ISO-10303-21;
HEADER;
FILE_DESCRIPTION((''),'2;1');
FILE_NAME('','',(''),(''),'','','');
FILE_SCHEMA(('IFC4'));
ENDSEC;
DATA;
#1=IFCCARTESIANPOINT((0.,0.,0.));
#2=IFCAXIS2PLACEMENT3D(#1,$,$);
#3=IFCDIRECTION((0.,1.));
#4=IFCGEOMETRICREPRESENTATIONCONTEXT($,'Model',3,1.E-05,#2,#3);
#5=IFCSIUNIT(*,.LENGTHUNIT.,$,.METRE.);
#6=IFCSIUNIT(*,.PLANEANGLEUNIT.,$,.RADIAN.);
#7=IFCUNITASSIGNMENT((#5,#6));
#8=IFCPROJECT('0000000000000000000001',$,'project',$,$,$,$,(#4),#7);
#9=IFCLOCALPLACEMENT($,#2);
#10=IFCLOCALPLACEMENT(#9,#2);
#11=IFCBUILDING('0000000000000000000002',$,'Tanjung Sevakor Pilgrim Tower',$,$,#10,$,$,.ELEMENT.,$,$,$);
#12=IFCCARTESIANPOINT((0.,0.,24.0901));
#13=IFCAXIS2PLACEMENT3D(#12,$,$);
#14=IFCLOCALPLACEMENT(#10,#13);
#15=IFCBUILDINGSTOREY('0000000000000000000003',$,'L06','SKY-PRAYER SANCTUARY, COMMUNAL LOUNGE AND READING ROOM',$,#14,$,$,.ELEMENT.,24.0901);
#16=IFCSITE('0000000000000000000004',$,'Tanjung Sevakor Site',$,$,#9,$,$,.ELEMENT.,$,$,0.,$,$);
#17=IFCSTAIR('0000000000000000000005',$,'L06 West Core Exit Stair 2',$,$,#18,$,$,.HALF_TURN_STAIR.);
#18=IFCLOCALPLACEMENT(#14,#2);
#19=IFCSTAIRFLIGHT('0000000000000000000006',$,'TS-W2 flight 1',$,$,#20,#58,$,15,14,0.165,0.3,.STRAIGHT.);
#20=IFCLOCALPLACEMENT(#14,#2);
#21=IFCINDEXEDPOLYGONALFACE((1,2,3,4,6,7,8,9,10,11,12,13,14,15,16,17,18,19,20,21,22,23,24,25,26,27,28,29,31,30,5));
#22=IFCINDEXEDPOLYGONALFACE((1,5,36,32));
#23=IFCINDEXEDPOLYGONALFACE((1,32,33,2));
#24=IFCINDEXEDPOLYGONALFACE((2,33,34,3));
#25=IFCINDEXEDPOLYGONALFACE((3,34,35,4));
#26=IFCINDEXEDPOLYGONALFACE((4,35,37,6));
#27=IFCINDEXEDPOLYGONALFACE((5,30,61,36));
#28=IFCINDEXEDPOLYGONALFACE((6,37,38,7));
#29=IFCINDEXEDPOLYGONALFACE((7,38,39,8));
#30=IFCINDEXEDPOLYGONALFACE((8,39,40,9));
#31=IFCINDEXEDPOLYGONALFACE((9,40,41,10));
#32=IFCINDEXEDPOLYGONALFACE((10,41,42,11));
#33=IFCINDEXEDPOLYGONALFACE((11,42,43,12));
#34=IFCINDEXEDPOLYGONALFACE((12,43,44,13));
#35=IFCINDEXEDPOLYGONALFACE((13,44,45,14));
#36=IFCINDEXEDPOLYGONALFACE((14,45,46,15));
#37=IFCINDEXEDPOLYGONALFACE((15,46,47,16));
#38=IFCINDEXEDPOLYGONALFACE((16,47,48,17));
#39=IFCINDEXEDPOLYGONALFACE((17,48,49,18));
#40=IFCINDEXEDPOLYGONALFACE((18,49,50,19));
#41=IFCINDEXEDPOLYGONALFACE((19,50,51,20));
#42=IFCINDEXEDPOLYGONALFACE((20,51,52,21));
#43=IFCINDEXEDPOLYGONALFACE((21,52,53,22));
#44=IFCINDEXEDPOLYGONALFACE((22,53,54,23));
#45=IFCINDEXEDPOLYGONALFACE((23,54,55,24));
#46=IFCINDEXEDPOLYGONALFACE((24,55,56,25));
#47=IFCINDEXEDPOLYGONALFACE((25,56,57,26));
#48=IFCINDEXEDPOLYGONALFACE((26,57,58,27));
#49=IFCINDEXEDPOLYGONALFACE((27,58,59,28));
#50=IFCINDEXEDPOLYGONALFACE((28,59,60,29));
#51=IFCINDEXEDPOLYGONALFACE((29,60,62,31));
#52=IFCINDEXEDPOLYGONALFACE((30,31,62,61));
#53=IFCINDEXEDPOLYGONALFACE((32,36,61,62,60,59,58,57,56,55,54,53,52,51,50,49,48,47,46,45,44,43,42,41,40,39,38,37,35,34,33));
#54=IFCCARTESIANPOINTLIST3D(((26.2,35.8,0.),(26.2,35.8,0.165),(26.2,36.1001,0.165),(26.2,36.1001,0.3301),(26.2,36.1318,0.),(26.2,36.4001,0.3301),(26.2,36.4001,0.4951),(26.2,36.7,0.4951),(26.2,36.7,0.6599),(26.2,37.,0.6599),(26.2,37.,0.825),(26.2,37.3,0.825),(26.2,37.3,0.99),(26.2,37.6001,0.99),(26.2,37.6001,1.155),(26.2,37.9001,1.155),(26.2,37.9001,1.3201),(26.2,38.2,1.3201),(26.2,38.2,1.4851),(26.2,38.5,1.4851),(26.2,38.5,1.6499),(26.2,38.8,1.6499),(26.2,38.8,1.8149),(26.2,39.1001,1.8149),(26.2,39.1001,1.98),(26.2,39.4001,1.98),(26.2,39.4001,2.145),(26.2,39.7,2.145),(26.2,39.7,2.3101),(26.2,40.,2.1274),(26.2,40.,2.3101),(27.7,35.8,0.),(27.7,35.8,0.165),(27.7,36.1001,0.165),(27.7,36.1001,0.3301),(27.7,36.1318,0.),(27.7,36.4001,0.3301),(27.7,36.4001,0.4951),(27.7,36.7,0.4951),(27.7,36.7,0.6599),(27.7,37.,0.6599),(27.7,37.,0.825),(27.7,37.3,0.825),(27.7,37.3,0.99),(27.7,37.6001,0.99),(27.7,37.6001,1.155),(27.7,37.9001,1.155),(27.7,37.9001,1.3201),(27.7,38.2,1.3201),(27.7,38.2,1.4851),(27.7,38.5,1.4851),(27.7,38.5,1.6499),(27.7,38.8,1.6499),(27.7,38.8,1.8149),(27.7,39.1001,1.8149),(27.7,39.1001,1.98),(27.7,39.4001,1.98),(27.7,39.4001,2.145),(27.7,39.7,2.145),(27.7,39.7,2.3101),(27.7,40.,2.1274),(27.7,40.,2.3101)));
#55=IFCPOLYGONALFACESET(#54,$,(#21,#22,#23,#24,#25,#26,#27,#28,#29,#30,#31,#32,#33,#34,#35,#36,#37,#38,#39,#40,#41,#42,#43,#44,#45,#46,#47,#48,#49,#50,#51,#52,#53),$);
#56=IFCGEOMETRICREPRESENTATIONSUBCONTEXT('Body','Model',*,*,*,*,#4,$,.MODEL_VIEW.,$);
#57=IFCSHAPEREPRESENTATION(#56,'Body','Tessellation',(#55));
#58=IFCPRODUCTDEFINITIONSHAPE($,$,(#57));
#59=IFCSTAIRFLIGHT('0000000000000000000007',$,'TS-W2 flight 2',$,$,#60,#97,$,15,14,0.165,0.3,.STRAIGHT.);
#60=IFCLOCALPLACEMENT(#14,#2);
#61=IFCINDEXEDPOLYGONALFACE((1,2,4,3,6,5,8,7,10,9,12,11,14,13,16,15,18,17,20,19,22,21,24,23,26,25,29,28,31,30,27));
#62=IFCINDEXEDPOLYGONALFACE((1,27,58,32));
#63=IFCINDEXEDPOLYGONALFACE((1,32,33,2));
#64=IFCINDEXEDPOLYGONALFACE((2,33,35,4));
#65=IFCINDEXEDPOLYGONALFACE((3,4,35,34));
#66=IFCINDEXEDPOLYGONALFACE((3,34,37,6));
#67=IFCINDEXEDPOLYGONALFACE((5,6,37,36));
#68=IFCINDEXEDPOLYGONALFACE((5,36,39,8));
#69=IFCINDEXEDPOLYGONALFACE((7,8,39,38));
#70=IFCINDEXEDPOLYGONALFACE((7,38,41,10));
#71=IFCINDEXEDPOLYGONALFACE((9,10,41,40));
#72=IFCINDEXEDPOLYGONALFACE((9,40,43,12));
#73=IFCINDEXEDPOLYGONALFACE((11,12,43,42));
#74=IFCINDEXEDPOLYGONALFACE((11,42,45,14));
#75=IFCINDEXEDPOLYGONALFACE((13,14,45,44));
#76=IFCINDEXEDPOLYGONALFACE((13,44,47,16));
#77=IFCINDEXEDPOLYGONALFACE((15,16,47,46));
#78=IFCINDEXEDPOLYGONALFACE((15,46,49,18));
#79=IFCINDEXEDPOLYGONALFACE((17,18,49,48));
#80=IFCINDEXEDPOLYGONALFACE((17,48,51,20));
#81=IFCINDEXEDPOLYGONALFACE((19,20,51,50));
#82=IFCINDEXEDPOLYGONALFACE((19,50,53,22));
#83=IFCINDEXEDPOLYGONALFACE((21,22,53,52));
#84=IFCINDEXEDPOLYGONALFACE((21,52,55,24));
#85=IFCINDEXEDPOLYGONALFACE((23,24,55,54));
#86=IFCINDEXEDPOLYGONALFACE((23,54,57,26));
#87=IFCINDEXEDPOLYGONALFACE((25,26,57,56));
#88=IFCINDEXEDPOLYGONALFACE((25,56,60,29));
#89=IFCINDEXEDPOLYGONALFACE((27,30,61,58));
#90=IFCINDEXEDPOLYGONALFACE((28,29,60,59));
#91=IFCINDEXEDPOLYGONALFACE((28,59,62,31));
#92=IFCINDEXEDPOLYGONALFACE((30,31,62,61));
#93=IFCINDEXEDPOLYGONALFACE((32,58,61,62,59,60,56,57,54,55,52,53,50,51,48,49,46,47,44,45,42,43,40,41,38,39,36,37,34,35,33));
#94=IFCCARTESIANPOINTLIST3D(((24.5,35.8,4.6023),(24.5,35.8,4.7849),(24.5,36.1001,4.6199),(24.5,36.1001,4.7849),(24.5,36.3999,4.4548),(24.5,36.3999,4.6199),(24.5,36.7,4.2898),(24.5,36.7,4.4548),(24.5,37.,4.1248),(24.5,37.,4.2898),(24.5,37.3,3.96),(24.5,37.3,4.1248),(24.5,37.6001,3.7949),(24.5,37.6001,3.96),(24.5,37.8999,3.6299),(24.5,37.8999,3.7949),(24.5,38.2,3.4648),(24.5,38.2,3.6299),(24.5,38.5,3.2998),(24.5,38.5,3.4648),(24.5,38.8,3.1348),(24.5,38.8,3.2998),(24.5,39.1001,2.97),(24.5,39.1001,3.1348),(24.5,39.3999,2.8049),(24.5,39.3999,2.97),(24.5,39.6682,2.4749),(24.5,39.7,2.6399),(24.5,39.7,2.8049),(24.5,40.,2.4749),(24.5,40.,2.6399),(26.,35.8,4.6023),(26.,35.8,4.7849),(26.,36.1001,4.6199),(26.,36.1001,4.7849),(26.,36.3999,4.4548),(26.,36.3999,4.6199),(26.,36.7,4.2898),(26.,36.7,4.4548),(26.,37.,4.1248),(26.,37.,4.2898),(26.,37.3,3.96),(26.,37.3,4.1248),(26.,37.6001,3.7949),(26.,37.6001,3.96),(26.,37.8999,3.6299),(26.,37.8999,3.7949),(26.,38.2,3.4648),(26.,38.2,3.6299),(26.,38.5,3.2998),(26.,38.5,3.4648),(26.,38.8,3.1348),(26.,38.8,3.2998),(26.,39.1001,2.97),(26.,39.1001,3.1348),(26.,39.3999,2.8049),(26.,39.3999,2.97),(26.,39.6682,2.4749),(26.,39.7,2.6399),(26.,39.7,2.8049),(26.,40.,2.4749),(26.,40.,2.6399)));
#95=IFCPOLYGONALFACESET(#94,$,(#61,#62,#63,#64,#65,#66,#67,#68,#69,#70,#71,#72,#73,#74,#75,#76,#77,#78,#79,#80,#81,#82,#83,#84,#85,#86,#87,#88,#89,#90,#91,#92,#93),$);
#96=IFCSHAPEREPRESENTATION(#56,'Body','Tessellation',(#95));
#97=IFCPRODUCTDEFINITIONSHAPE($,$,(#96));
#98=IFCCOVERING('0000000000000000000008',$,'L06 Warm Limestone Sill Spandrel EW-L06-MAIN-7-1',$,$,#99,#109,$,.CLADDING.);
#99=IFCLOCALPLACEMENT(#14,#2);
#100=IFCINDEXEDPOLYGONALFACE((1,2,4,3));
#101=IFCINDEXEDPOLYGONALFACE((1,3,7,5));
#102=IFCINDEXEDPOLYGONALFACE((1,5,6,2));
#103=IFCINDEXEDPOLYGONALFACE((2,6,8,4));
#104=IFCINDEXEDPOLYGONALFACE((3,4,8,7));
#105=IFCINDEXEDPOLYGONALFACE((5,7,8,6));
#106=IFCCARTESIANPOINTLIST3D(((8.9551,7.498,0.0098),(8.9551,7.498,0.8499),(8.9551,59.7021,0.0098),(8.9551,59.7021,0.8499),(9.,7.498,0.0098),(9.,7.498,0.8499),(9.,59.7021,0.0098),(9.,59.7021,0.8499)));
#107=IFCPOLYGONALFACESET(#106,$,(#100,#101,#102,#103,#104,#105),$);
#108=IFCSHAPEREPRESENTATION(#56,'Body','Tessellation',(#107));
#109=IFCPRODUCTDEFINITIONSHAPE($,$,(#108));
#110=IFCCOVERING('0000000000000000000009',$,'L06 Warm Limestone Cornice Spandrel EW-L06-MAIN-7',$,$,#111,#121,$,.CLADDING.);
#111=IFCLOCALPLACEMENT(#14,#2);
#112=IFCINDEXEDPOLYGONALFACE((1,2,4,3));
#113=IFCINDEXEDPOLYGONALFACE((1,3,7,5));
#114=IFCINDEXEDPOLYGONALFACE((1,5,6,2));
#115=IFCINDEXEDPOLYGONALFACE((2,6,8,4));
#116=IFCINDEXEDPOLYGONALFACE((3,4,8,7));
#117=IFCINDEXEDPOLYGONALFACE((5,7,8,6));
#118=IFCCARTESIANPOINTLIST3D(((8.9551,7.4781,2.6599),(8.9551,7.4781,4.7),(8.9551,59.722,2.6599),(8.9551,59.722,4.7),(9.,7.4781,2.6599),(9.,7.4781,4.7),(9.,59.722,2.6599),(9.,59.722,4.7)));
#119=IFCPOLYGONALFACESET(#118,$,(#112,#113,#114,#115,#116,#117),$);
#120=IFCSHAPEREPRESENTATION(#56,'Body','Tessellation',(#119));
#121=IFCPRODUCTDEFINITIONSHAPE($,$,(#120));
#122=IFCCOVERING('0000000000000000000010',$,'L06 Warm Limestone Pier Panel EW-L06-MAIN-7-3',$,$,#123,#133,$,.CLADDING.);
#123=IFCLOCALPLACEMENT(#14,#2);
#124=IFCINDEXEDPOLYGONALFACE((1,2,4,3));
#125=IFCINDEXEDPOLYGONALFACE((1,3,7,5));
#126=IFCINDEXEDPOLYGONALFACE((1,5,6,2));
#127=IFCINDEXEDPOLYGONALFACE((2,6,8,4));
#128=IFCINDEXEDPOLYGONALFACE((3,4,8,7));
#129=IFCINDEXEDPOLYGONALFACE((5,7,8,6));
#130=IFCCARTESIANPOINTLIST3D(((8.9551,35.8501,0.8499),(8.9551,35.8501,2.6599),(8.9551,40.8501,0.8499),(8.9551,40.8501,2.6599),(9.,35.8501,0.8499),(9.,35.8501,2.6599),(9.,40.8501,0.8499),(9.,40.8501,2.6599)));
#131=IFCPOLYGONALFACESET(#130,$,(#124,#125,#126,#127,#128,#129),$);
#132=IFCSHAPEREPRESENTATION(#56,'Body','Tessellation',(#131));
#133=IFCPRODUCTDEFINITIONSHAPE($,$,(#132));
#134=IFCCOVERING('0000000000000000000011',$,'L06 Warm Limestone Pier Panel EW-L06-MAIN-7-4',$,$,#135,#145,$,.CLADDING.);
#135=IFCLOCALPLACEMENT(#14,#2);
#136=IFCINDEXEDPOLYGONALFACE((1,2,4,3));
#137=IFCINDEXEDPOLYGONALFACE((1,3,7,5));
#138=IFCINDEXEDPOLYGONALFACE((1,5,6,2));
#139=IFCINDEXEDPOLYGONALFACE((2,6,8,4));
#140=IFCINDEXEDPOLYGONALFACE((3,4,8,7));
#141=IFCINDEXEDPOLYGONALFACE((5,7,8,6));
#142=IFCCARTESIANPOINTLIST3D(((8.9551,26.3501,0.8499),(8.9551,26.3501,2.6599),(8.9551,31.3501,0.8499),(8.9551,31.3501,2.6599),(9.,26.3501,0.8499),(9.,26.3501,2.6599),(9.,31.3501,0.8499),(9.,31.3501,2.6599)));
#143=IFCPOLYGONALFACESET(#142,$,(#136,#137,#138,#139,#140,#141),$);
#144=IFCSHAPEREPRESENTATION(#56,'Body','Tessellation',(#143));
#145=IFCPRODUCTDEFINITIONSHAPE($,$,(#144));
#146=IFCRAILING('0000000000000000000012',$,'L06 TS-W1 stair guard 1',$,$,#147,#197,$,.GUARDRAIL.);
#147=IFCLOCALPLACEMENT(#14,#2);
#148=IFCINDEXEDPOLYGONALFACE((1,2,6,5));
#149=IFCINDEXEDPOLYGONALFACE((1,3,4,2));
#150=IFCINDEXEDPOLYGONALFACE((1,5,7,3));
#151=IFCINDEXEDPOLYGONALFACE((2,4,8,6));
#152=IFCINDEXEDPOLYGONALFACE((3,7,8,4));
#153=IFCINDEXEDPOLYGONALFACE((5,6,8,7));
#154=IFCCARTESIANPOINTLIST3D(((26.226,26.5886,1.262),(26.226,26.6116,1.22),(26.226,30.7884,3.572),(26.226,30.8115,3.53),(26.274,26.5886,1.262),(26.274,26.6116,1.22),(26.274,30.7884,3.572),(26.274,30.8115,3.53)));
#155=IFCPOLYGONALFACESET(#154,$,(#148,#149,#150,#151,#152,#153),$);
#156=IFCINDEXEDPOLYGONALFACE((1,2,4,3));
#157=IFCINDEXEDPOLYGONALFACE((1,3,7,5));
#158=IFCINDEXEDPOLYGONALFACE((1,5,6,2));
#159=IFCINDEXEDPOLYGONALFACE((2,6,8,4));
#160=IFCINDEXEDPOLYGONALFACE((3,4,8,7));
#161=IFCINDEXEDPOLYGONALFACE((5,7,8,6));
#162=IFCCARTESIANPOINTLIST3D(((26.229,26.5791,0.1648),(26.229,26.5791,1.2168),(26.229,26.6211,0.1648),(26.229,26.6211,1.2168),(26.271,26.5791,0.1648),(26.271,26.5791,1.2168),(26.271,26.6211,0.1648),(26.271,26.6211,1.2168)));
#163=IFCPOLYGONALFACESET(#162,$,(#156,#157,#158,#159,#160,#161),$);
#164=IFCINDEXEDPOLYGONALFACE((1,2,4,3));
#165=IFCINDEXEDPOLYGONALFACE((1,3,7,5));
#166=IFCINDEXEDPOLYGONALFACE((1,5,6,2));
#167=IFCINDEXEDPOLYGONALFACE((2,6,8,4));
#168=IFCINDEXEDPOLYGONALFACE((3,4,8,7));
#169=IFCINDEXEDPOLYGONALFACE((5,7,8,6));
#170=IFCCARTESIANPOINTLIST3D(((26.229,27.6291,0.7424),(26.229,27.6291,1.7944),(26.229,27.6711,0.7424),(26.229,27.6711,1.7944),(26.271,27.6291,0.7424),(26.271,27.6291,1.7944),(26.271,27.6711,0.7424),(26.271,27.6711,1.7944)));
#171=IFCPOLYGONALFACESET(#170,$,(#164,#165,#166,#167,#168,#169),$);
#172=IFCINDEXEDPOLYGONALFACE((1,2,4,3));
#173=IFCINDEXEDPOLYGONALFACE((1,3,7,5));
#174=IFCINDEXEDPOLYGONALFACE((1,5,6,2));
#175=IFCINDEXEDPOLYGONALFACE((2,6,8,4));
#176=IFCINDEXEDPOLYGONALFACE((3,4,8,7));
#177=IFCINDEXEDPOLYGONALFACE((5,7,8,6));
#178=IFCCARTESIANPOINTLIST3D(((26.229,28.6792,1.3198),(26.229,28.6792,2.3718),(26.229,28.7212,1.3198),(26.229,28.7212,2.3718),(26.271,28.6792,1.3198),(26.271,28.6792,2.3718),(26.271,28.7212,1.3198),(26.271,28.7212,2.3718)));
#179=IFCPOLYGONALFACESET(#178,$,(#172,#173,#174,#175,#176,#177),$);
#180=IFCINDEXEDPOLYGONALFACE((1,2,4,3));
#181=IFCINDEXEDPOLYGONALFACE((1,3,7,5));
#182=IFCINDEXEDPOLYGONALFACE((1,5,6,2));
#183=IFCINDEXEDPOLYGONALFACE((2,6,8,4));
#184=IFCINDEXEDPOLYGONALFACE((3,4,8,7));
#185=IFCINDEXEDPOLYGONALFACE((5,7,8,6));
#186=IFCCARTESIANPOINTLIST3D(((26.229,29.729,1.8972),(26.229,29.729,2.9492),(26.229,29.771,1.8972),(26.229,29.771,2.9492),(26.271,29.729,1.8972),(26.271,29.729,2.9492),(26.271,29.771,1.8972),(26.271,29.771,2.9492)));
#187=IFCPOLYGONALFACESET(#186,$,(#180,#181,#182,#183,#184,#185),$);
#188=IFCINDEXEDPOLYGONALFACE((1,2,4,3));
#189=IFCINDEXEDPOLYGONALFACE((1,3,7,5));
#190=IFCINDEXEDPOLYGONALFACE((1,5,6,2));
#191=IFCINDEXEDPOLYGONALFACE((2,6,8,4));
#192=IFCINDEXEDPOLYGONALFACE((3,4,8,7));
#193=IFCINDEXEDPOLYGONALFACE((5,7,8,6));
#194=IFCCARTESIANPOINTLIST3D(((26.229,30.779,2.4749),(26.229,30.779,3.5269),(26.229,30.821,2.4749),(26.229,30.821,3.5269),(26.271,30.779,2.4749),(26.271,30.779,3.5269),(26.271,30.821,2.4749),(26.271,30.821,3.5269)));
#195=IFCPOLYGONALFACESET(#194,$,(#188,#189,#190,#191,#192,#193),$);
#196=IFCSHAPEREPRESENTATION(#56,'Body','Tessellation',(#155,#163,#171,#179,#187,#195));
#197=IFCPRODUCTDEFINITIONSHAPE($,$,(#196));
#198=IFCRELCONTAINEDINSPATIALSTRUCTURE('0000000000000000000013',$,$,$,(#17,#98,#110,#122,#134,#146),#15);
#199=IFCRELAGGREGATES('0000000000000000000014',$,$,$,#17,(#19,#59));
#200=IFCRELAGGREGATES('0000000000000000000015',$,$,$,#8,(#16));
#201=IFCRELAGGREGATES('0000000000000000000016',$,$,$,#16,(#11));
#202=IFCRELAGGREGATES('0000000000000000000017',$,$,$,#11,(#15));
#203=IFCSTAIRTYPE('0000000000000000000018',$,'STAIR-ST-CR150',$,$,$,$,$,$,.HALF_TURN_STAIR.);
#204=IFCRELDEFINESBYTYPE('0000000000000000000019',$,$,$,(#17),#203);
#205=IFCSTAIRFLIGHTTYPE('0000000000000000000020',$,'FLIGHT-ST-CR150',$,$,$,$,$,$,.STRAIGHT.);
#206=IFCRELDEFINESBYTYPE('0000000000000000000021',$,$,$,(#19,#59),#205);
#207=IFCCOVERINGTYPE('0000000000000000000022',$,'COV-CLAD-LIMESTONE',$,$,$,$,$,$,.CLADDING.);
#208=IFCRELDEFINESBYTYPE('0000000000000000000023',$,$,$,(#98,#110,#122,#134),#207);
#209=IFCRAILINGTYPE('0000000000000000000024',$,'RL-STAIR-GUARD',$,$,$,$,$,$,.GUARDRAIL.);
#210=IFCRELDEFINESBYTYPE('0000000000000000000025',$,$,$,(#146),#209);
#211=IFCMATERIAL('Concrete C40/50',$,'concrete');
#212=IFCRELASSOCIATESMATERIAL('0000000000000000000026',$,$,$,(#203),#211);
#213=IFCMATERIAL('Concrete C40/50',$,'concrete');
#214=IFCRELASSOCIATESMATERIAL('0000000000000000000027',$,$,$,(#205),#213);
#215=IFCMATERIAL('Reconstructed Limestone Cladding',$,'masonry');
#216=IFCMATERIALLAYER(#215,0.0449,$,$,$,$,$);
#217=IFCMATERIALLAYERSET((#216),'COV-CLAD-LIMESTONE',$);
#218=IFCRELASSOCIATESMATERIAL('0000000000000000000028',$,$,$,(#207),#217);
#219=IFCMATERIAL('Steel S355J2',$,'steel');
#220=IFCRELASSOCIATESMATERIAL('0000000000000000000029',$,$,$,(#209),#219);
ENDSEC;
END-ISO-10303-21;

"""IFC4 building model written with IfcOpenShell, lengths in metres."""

from ifc_helpers import new_model, si_unit, direction, frame, origin, origin_2d, place, context, subcontext, project, spatial, polyline, rectangle, outline, extrude, material, layer, layer_set, type_object, element, aggregate, save


model = new_model("IFC4")

# Units and contexts
model_context = context("Model", 3, precision=1e-05, world=origin(), true_north=direction((0.0, 1.0)))
body_context = subcontext(model_context, "Body", "Model", "MODEL_VIEW")
ifc_project = project(units=[si_unit("LENGTHUNIT", "METRE"), si_unit("PLANEANGLEUNIT", "RADIAN")], contexts=[model_context])

# Site, building, storey
site_placement = place(None, origin())
site = spatial("IfcSite", under=ifc_project, at=site_placement, Name="Tanjung Sevakor Site", CompositionType="ELEMENT", RefElevation=0.0)
building_placement = place(site_placement, origin())
building = spatial("IfcBuilding", under=site, at=building_placement, Name="Tanjung Sevakor Pilgrim Tower", CompositionType="ELEMENT")
storey_placement = place(building_placement, frame((0.0, 0.0, 24.0901)))
storey = spatial("IfcBuildingStorey", under=building, at=storey_placement, Name="L06", Description="SKY-PRAYER SANCTUARY, COMMUNAL LOUNGE AND READING ROOM", CompositionType="ELEMENT", Elevation=24.0901)

# Stair, stair flights
ifc_material_1 = material(Name="Concrete C40/50", Category="concrete")
stair_type = type_object("IfcStairType", Name="STAIR-ST-CR150", PredefinedType="HALF_TURN_STAIR", material=ifc_material_1)
ifc_material_2 = material(Name="Concrete C40/50", Category="concrete")
stair_flight_type = type_object("IfcStairFlightType", Name="FLIGHT-ST-CR150", PredefinedType="STRAIGHT", material=ifc_material_2)
stair_1_placement = place(storey_placement, origin())
stair_1 = element("IfcStair", 1, at=stair_1_placement, inside=storey, type_object=stair_type, Name="L06 West Core Exit Stair 2", PredefinedType="HALF_TURN_STAIR")
stair_flight_1_placement = place(storey_placement, frame((26.95, 35.8, 0.0), z_axis=(0.0, 0.0, 1.0), x_axis=(0.0, 1.0, 0.0)))
stair_flight_1 = element("IfcStairFlight", 2, at=stair_flight_1_placement, type_object=stair_flight_type, Name="TS-W2 flight 1", NumberOfRisers=15, NumberOfTreads=14, PredefinedType="STRAIGHT", RiserHeight=0.165, TreadLength=0.3, context=body_context, shape_type="SweptSolid", body=[
    extrude(outline(polyline([(0.0, 0.0), (0.0, 0.165), (0.3, 0.165), (0.3, 0.3301), (0.6001, 0.3301), (0.6001, 0.4951), (0.8999, 0.4951), (0.8999, 0.6599), (1.2, 0.6599), (1.2, 0.825), (1.5, 0.825), (1.5, 0.99), (1.8, 0.99), (1.8, 1.155), (2.1001, 1.155), (2.1001, 1.3201), (2.3999, 1.3201), (2.3999, 1.4851), (2.7, 1.4851), (2.7, 1.6499), (3.0, 1.6499), (3.0, 1.8149), (3.3, 1.8149), (3.3, 1.98), (3.6001, 1.98), (3.6001, 2.145), (3.8999, 2.145), (3.8999, 2.3101), (4.2, 2.3101), (4.2, 2.4751), (4.2, 2.1274), (0.3318, 0.0), (0.0, 0.0)])), frame((0.0, 0.75, 0.0), z_axis=(0.0, -1.0, 0.0), x_axis=(1.0, 0.0, 0.0)), (0.0, 0.0, 1.0), 1.5),
])
stair_flight_2_placement = place(storey_placement, frame((25.25, 40.0, 2.4749), z_axis=(0.0, 0.0, 1.0), x_axis=(0.0, -1.0, 0.0)))
stair_flight_2 = element("IfcStairFlight", 3, at=stair_flight_2_placement, type_object=stair_flight_type, Name="TS-W2 flight 2", NumberOfRisers=15, NumberOfTreads=14, PredefinedType="STRAIGHT", RiserHeight=0.165, TreadLength=0.3, context=body_context, shape_type="SweptSolid", body=[
    extrude(outline(polyline([(0.0, 0.0), (0.0, 0.165), (0.3, 0.165), (0.3, 0.3301), (0.6001, 0.3301), (0.6001, 0.4951), (0.8999, 0.4951), (0.8999, 0.6599), (1.2, 0.6599), (1.2, 0.825), (1.5, 0.825), (1.5, 0.99), (1.8, 0.99), (1.8, 1.155), (2.1001, 1.155), (2.1001, 1.3201), (2.3999, 1.3201), (2.3999, 1.4851), (2.7, 1.4851), (2.7, 1.6499), (3.0, 1.6499), (3.0, 1.8149), (3.3, 1.8149), (3.3, 1.98), (3.6001, 1.98), (3.6001, 2.145), (3.8999, 2.145), (3.8999, 2.3101), (4.2, 2.3101), (4.2, 2.4751), (4.2, 2.1274), (0.3318, 0.0), (0.0, 0.0)])), frame((0.0, 0.75, 0.0), z_axis=(0.0, -1.0, 0.0), x_axis=(1.0, 0.0, 0.0)), (0.0, 0.0, 1.0), 1.5),
])
aggregate(stair_1, [stair_flight_1, stair_flight_2])

# Coverings
ifc_material_3 = material(Name="Reconstructed Limestone Cladding", Category="masonry")
ifc_layer_1 = layer(ifc_material_3, 0.0449)
ifc_layer_set_1 = layer_set([ifc_layer_1], Name="COV-CLAD-LIMESTONE")
covering_type = type_object("IfcCoveringType", Name="COV-CLAD-LIMESTONE", PredefinedType="CLADDING", material=ifc_layer_set_1)
covering_1_placement = place(storey_placement, frame((8.9775, 33.6001, 0.0098), z_axis=(0.0, 0.0, 1.0), x_axis=(0.0, -1.0, 0.0)))
element("IfcCovering", 4, at=covering_1_placement, inside=storey, type_object=covering_type, Name="L06 Warm Limestone Sill Spandrel EW-L06-MAIN-7-1", PredefinedType="CLADDING", context=body_context, shape_type="SweptSolid", body=[
    extrude(rectangle(XDim=52.2041, YDim=0.0449, at=origin_2d()), origin(), (0.0, 0.0, 1.0), 0.8401),
])
covering_2_placement = place(storey_placement, frame((8.9775, 33.6001, 2.6599), z_axis=(0.0, 0.0, 1.0), x_axis=(0.0, -1.0, 0.0)))
element("IfcCovering", 5, at=covering_2_placement, inside=storey, type_object=covering_type, Name="L06 Warm Limestone Cornice Spandrel EW-L06-MAIN-7", PredefinedType="CLADDING", context=body_context, shape_type="SweptSolid", body=[
    extrude(rectangle(XDim=52.2439, YDim=0.0449, at=origin_2d()), origin(), (0.0, 0.0, 1.0), 2.04),
])
for number, where, z_axis, x_axis, name in (
    (6, (8.9775, 38.3501, 0.8499), (0.0, 0.0, 1.0), (0.0, -1.0, 0.0), "L06 Warm Limestone Pier Panel EW-L06-MAIN-7-3"),
    (7, (8.9775, 28.8501, 0.8499), (0.0, 0.0, 1.0), (0.0, -1.0, 0.0), "L06 Warm Limestone Pier Panel EW-L06-MAIN-7-4"),
):
    element("IfcCovering", number, at=place(storey_placement, frame(where, z_axis=z_axis, x_axis=x_axis)), inside=storey, type_object=covering_type, Name=name, PredefinedType="CLADDING", context=body_context, shape_type="SweptSolid", body=[
        extrude(rectangle(XDim=5.0, YDim=0.0449, at=origin_2d()), origin(), (0.0, 0.0, 1.0), 1.8101),
    ])

# Railing
ifc_material_4 = material(Name="Steel S355J2", Category="steel")
railing_type_1 = type_object("IfcRailingType", Name="RL-STAIR-GUARD", PredefinedType="GUARDRAIL", material=ifc_material_4)
railing_1_placement = place(storey_placement, frame((26.25, 26.6001, 0.1648)))
element("IfcRailing", 8, at=railing_1_placement, inside=storey, type_object=railing_type_1, Name="L06 TS-W1 stair guard 1", PredefinedType="GUARDRAIL", context=body_context, shape_type="SweptSolid", body=[
    extrude(rectangle(XDim=0.0479, YDim=0.0479), frame((0.0, 0.0, 1.0762), z_axis=(0.0, 0.876208, 0.481932), x_axis=(-1.0, 0.0, 0.0)), (0.0, 0.0, 1.0), 4.7932),
    extrude(rectangle(XDim=0.042, YDim=0.042), origin(), (0.0, 0.0, 1.0), 1.052),
    extrude(rectangle(XDim=0.042, YDim=0.042), frame((0.0, 1.05, 0.5776)), (0.0, 0.0, 1.0), 1.052),
    extrude(rectangle(XDim=0.042, YDim=0.042), frame((0.0, 2.1001, 1.155)), (0.0, 0.0, 1.0), 1.052),
    extrude(rectangle(XDim=0.042, YDim=0.042), frame((0.0, 3.1499, 1.7324)), (0.0, 0.0, 1.0), 1.052),
    extrude(rectangle(XDim=0.042, YDim=0.042), frame((0.0, 4.2, 2.3101)), (0.0, 0.0, 1.0), 1.052),
])

save(model, "model.ifc")
